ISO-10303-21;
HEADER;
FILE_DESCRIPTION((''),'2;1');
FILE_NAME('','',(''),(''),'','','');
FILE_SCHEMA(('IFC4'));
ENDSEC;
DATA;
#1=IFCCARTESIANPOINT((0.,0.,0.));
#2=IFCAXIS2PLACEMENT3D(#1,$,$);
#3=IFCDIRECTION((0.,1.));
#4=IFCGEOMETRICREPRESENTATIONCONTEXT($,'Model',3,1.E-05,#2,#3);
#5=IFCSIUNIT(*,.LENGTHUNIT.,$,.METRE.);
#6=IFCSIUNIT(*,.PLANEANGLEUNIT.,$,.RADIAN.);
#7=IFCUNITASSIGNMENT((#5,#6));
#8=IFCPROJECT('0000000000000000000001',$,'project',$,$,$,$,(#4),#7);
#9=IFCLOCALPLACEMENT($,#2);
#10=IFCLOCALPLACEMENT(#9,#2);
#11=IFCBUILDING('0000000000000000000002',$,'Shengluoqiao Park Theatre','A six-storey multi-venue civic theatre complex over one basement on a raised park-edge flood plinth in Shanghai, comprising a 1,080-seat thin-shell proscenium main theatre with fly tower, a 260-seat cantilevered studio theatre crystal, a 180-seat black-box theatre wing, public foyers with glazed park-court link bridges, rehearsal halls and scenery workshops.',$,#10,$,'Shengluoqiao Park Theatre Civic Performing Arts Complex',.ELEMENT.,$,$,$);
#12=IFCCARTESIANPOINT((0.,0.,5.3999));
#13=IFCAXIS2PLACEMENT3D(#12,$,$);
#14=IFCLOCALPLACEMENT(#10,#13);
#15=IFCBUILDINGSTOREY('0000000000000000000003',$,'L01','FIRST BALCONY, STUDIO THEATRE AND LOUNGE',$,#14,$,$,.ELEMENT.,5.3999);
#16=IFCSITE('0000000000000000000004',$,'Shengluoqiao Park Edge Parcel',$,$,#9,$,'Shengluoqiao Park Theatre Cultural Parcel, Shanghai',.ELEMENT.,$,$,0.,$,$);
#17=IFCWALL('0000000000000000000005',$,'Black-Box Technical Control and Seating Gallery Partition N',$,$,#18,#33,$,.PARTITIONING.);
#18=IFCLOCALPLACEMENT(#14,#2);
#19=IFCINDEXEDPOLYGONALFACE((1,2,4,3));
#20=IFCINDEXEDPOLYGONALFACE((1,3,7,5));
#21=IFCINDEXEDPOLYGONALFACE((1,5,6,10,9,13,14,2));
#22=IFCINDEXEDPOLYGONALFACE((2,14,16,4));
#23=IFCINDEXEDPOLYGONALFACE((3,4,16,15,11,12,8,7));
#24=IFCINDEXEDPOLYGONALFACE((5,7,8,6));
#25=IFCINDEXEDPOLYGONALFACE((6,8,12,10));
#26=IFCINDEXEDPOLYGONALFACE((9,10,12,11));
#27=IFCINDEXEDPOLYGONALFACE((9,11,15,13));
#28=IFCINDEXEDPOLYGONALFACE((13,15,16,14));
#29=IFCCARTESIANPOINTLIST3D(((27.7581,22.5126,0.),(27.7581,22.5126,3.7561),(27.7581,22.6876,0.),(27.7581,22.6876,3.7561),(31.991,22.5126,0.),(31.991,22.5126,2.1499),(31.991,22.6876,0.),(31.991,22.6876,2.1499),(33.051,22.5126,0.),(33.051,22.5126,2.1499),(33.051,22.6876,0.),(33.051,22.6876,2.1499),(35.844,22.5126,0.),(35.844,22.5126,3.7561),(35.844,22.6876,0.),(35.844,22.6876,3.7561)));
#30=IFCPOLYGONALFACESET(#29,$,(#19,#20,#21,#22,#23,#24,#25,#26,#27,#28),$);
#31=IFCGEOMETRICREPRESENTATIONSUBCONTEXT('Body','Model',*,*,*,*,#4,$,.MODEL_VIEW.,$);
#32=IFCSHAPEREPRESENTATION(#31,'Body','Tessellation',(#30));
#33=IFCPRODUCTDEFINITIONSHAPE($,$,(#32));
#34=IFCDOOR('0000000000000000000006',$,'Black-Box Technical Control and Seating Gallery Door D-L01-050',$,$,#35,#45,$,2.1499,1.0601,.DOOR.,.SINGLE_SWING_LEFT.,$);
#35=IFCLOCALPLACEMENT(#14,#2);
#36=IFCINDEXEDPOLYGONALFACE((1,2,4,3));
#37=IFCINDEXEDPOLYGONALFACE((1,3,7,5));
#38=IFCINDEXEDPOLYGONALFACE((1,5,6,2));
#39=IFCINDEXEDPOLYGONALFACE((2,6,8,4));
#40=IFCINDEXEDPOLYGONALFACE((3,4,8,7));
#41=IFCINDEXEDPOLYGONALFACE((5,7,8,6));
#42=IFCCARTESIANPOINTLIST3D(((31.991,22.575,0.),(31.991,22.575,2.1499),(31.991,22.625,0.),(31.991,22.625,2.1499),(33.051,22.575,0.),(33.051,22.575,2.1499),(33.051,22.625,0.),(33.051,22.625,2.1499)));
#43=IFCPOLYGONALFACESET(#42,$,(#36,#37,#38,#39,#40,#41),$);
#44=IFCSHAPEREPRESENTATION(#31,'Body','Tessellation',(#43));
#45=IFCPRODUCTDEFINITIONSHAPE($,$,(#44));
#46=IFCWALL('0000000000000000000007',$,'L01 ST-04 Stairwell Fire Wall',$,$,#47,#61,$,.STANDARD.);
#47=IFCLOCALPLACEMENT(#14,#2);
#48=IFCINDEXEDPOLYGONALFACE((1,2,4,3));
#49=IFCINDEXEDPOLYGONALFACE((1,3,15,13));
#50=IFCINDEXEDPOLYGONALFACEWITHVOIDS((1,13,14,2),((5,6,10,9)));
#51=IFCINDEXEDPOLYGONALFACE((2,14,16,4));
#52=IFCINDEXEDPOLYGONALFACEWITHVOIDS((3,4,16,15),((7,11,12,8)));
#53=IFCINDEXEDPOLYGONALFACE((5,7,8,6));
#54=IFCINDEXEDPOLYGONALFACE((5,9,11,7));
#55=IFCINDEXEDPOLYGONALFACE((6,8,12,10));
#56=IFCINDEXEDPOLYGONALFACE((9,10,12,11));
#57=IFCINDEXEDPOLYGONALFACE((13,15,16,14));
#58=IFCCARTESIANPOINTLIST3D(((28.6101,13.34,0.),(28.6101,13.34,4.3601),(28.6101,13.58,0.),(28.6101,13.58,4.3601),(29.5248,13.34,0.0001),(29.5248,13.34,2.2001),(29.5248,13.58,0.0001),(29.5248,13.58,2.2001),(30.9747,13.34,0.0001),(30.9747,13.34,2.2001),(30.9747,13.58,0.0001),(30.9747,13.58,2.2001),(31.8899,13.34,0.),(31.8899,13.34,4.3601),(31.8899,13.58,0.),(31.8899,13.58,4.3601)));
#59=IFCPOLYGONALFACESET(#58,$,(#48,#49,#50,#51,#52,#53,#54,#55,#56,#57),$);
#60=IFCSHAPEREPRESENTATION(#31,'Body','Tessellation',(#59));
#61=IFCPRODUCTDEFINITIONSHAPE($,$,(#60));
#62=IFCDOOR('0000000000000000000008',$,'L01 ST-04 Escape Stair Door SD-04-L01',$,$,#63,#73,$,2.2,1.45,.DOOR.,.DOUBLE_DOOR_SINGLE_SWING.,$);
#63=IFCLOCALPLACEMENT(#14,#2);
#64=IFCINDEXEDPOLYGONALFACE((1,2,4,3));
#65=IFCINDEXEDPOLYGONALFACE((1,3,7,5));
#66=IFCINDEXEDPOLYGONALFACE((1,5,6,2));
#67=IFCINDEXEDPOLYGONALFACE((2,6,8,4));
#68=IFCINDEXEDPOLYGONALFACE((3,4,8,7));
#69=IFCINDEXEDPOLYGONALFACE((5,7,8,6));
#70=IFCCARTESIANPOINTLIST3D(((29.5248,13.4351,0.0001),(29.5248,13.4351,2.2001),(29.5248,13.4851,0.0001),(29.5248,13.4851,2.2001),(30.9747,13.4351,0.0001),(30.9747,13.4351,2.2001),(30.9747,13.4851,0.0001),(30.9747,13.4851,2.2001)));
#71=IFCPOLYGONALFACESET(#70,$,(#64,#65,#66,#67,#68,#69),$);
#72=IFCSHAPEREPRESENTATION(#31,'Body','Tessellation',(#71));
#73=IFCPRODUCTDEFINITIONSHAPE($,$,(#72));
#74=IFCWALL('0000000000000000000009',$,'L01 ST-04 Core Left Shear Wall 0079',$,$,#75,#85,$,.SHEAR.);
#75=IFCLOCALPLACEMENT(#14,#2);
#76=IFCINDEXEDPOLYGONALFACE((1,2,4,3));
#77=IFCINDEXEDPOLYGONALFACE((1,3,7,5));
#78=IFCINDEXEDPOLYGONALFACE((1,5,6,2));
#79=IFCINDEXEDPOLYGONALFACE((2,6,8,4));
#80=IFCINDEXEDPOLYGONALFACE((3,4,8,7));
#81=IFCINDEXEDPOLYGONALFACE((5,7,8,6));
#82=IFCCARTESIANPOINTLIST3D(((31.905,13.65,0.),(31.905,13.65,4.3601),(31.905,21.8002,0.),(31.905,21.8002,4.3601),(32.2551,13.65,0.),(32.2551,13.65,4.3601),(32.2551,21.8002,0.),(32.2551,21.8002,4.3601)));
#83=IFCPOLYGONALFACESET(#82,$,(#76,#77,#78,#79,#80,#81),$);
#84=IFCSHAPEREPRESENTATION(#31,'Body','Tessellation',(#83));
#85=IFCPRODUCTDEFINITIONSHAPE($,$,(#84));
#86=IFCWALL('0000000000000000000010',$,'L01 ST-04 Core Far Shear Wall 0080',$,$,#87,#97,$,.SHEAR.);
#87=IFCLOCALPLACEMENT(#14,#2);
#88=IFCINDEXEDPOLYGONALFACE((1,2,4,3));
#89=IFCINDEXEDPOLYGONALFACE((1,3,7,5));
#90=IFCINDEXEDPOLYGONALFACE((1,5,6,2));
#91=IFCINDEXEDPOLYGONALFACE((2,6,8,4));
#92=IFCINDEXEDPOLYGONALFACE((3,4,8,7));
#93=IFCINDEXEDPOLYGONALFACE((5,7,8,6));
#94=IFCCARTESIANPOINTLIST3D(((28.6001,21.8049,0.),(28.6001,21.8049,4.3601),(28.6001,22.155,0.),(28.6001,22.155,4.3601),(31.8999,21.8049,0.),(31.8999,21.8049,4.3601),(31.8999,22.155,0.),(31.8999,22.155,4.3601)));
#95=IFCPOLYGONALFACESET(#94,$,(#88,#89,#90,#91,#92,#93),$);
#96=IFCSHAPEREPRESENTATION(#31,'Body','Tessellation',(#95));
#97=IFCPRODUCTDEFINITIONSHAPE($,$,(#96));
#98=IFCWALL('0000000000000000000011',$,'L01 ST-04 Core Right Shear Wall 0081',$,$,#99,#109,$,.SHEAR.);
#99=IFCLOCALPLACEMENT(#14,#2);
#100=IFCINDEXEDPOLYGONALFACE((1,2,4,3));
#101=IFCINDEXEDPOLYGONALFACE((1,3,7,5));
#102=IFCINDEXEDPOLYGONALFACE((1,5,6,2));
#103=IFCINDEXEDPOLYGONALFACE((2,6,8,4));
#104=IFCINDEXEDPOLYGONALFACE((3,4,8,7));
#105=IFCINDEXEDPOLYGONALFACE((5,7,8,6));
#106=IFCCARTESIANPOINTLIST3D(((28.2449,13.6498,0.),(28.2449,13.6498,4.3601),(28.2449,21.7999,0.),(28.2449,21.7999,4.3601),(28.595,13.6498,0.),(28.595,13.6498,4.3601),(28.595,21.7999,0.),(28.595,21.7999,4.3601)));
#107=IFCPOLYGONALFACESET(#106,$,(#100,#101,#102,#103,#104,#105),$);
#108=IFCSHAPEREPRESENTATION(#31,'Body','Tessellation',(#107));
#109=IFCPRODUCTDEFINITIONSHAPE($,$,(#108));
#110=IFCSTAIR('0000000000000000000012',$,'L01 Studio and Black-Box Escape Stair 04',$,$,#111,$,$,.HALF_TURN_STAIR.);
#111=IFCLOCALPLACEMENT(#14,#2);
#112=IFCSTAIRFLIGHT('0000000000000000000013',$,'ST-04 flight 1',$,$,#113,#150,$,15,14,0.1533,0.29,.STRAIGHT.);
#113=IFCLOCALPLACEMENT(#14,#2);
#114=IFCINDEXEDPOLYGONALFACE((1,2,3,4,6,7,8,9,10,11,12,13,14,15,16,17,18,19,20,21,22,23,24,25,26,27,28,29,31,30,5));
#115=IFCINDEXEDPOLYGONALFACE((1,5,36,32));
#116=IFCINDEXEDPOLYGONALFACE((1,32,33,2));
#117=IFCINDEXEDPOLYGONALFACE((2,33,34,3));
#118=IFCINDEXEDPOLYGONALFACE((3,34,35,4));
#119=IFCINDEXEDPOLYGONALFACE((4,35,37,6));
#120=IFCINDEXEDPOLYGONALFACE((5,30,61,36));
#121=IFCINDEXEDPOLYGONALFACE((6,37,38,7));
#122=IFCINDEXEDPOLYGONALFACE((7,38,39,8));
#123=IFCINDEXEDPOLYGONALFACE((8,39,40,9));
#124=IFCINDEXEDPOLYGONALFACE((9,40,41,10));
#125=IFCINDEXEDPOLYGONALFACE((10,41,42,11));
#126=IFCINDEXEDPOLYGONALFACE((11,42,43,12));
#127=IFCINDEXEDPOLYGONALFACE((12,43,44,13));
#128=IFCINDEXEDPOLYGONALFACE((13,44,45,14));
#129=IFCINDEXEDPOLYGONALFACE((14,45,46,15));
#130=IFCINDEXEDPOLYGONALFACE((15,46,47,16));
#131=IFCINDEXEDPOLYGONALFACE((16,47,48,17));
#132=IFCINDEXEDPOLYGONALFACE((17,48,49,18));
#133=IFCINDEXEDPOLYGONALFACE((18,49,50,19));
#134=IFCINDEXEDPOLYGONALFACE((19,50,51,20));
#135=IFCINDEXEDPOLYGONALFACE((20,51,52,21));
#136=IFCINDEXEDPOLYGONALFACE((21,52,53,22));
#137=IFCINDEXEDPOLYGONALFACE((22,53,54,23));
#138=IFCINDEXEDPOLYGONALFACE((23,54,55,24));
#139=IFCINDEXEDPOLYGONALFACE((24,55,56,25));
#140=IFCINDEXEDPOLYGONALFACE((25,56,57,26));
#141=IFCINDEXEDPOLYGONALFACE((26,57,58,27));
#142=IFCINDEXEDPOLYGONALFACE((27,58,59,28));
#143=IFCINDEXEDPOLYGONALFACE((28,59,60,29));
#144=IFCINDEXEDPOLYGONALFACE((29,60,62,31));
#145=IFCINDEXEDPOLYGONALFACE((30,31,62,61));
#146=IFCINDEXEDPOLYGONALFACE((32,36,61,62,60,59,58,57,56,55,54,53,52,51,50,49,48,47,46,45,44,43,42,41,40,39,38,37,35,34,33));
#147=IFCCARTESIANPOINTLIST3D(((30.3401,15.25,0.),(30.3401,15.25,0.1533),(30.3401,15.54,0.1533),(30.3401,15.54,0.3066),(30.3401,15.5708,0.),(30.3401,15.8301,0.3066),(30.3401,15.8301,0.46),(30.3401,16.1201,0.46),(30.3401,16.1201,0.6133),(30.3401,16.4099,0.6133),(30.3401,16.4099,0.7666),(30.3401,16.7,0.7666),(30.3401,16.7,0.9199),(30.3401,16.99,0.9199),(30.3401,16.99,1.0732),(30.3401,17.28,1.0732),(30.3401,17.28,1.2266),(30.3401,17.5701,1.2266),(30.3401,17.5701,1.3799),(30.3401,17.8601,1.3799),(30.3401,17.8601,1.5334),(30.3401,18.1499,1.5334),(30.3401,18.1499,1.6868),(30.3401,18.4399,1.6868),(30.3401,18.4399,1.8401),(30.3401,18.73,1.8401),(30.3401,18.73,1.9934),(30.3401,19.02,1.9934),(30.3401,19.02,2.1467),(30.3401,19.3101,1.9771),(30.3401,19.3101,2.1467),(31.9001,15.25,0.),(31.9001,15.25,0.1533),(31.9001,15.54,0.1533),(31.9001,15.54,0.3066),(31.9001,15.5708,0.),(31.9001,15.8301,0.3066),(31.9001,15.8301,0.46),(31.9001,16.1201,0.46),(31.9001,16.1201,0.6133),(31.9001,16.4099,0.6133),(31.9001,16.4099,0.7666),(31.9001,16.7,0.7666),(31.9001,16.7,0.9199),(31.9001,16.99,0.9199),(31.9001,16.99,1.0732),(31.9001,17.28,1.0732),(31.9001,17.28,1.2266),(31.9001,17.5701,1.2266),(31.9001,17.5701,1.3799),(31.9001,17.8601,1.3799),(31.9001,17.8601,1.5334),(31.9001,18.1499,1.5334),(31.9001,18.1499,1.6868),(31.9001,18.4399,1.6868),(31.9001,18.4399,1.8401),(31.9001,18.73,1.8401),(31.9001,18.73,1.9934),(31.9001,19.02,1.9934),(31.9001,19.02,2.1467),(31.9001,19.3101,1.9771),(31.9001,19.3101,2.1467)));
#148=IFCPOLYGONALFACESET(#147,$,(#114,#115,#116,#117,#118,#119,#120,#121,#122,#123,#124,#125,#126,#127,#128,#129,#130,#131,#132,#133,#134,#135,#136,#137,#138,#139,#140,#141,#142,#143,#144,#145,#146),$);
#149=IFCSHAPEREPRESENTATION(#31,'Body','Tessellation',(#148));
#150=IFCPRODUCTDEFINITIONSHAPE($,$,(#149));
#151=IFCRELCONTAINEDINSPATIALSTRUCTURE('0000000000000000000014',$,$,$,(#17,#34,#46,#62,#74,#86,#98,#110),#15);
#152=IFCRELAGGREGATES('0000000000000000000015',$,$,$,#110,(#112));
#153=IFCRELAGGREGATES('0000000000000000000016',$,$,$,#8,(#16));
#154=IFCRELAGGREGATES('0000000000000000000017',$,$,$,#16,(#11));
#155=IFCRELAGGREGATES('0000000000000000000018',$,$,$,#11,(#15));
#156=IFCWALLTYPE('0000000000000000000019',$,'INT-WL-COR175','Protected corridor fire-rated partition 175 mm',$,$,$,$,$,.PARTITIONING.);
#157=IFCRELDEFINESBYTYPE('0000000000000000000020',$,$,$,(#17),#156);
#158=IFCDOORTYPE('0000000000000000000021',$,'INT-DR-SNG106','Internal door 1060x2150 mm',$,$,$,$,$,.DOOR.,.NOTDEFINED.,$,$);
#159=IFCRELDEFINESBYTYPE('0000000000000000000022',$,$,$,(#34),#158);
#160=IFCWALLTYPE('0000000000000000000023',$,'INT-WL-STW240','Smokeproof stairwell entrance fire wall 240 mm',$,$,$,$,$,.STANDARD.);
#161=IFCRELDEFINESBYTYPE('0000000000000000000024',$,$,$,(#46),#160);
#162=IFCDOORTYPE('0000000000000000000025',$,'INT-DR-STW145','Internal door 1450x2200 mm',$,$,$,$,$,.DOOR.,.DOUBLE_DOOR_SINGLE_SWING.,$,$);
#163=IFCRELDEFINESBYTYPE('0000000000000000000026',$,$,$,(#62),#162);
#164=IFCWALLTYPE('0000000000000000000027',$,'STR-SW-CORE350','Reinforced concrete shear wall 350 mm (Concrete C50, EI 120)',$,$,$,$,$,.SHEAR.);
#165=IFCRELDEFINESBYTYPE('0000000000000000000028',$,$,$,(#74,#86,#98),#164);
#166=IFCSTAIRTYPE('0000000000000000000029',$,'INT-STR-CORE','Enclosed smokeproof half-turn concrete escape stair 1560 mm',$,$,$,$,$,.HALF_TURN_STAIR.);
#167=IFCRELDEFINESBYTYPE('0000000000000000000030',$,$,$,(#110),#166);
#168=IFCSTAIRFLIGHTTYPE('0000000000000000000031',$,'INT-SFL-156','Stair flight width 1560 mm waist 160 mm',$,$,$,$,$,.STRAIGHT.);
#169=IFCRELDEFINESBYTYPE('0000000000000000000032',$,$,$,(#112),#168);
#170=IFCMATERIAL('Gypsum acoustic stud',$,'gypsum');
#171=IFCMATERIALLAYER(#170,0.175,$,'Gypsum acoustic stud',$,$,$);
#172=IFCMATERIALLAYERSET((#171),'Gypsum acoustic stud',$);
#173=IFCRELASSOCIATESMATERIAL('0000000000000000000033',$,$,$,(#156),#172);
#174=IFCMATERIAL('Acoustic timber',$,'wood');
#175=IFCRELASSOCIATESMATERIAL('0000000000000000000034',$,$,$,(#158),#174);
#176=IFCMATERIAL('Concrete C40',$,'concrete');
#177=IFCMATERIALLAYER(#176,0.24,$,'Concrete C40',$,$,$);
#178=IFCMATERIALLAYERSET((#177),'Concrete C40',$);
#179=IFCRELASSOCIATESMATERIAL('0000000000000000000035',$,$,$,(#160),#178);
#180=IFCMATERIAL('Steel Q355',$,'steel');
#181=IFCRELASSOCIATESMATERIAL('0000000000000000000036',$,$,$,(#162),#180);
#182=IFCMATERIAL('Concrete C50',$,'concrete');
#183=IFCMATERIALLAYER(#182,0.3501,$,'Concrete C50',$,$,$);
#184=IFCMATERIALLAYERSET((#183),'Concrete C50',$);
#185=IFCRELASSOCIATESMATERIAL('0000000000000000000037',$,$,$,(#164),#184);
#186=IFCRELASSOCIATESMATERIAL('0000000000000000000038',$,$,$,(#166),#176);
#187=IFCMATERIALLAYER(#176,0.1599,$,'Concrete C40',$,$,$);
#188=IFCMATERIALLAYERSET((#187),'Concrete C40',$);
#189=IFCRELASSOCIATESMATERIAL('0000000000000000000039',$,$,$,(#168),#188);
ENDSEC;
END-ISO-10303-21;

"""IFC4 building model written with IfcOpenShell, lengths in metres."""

from ifc_helpers import new_model, si_unit, direction, frame, frame_2d, origin, place, context, subcontext, project, spatial, polyline, rectangle, outline, extrude, material, layer, layer_set, type_object, element, fill, aggregate, save


model = new_model("IFC4")

# Units and contexts
model_context = context("Model", 3, precision=1e-05, world=origin(), true_north=direction((0.0, 1.0)))
body_context = subcontext(model_context, "Body", "Model", "MODEL_VIEW")
ifc_project = project(units=[si_unit("LENGTHUNIT", "METRE"), si_unit("PLANEANGLEUNIT", "RADIAN")], contexts=[model_context])

# Site, building, storey
site_placement = place(None, origin())
site = spatial("IfcSite", under=ifc_project, at=site_placement, Name="Shengluoqiao Park Edge Parcel", LongName="Shengluoqiao Park Theatre Cultural Parcel, Shanghai", CompositionType="ELEMENT", RefElevation=0.0)
building_placement = place(site_placement, origin())
building = spatial("IfcBuilding", under=site, at=building_placement, Name="Shengluoqiao Park Theatre", Description="A six-storey multi-venue civic theatre complex over one basement on a raised park-edge flood plinth in Shanghai, comprising a 1,080-seat thin-shell proscenium main theatre with fly tower, a 260-seat cantilevered studio theatre crystal, a 180-seat black-box theatre wing, public foyers with glazed park-court link bridges, rehearsal halls and scenery workshops.", LongName="Shengluoqiao Park Theatre Civic Performing Arts Complex", CompositionType="ELEMENT")
storey_placement = place(building_placement, frame((0.0, 0.0, 5.3999)))
storey = spatial("IfcBuildingStorey", under=building, at=storey_placement, Name="L01", Description="FIRST BALCONY, STUDIO THEATRE AND LOUNGE", CompositionType="ELEMENT", Elevation=5.3999)

# Shared definitions
ifc_material_1 = material(Name="Steel Q355", Category="steel")

# Walls, openings, doors
ifc_material_2 = material(Name="Gypsum acoustic stud", Category="gypsum")
ifc_layer_1 = layer(ifc_material_2, 0.175, Name="Gypsum acoustic stud")
ifc_layer_set_1 = layer_set([ifc_layer_1], Name="Gypsum acoustic stud")
wall_type_1 = type_object("IfcWallType", Name="INT-WL-COR175", Description="Protected corridor fire-rated partition 175 mm", PredefinedType="PARTITIONING", material=ifc_layer_set_1)
wall_1_placement = place(storey_placement, frame((27.7581, 22.6001, 0.0), z_axis=(0.0, 0.0, 1.0), x_axis=(1.0, 0.0, 0.0)))
wall_1 = element("IfcWall", 1, at=wall_1_placement, inside=storey, type_object=wall_type_1, Name="Black-Box Technical Control and Seating Gallery Partition N", PredefinedType="PARTITIONING", context=body_context, shape_type="SweptSolid", body=[
    extrude(rectangle(XDim=8.0859, YDim=0.175, at=frame_2d((4.043, 0.0))), origin(), (0.0, 0.0, 1.0), 3.7561),
])
opening_1_placement = place(wall_1_placement, frame((4.2329, 0.0, 0.0)))
opening_1 = element("IfcOpeningElement", 2, at=opening_1_placement, cuts=wall_1, PredefinedType="OPENING", context=body_context, shape_type="SweptSolid", body=[
    extrude(rectangle(XDim=1.0601, YDim=2.1499, at=frame_2d((0.53, 1.075))), frame((0.0, 0.0974, 0.0), z_axis=(0.0, -1.0, 0.0), x_axis=(1.0, 0.0, 0.0)), (0.0, 0.0, 1.0), 0.1951),
])
ifc_material_3 = material(Name="Acoustic timber", Category="wood")
door_type_1 = type_object("IfcDoorType", Name="INT-DR-SNG106", Description="Internal door 1060x2150 mm", OperationType="NOTDEFINED", PredefinedType="DOOR", material=ifc_material_3)
door_1_placement = place(opening_1_placement, origin())
door_1 = element("IfcDoor", 3, at=door_1_placement, inside=storey, type_object=door_type_1, Name="Black-Box Technical Control and Seating Gallery Door D-L01-050", OperationType="SINGLE_SWING_LEFT", OverallHeight=2.1499, OverallWidth=1.0601, PredefinedType="DOOR", context=body_context, shape_type="SweptSolid", body=[
    extrude(rectangle(XDim=1.0601, YDim=2.1499, at=frame_2d((0.53, 1.075))), frame((0.0, 0.0249, 0.0), z_axis=(0.0, -1.0, 0.0), x_axis=(1.0, 0.0, 0.0)), (0.0, 0.0, 1.0), 0.05),
])
fill(opening_1, door_1)
ifc_material_4 = material(Name="Concrete C40", Category="concrete")
ifc_layer_2 = layer(ifc_material_4, 0.24, Name="Concrete C40")
ifc_layer_set_2 = layer_set([ifc_layer_2], Name="Concrete C40")
wall_type_2 = type_object("IfcWallType", Name="INT-WL-STW240", Description="Smokeproof stairwell entrance fire wall 240 mm", PredefinedType="STANDARD", material=ifc_layer_set_2)
wall_2_placement = place(storey_placement, frame((31.8899, 13.46, 0.0), z_axis=(0.0, 0.0, 1.0), x_axis=(-1.0, 0.0, 0.0)))
wall_2 = element("IfcWall", 4, at=wall_2_placement, inside=storey, type_object=wall_type_2, Name="L01 ST-04 Stairwell Fire Wall", PredefinedType="STANDARD", context=body_context, shape_type="SweptSolid", body=[
    extrude(rectangle(XDim=3.2798, YDim=0.24, at=frame_2d((1.6399, 0.0))), origin(), (0.0, 0.0, 1.0), 4.3601),
])
opening_2_placement = place(wall_2_placement, frame((0.915, 0.0, 0.0)))
opening_2 = element("IfcOpeningElement", 5, at=opening_2_placement, cuts=wall_2, PredefinedType="OPENING", context=body_context, shape_type="SweptSolid", body=[
    extrude(rectangle(XDim=1.45, YDim=2.2, at=frame_2d((0.7251, 1.1001))), frame((0.0, 0.1299, 0.0), z_axis=(0.0, -1.0, 0.0), x_axis=(1.0, 0.0, 0.0)), (0.0, 0.0, 1.0), 0.26),
])
door_type_2 = type_object("IfcDoorType", Name="INT-DR-STW145", Description="Internal door 1450x2200 mm", OperationType="DOUBLE_DOOR_SINGLE_SWING", PredefinedType="DOOR", material=ifc_material_1)
door_2_placement = place(opening_2_placement, origin())
door_2 = element("IfcDoor", 6, at=door_2_placement, inside=storey, type_object=door_type_2, Name="L01 ST-04 Escape Stair Door SD-04-L01", OperationType="DOUBLE_DOOR_SINGLE_SWING", OverallHeight=2.2, OverallWidth=1.45, PredefinedType="DOOR", context=body_context, shape_type="SweptSolid", body=[
    extrude(rectangle(XDim=1.45, YDim=2.2, at=frame_2d((0.7251, 1.1001))), frame((0.0, 0.0249, 0.0), z_axis=(0.0, -1.0, 0.0), x_axis=(1.0, 0.0, 0.0)), (0.0, 0.0, 1.0), 0.05),
])
fill(opening_2, door_2)

# Walls
ifc_material_5 = material(Name="Concrete C50", Category="concrete")
ifc_layer_3 = layer(ifc_material_5, 0.3501, Name="Concrete C50")
ifc_layer_set_3 = layer_set([ifc_layer_3], Name="Concrete C50")
wall_type_3 = type_object("IfcWallType", Name="STR-SW-CORE350", Description="Reinforced concrete shear wall 350 mm (Concrete C50, EI 120)", PredefinedType="SHEAR", material=ifc_layer_set_3)
wall_3_placement = place(storey_placement, frame((32.0801, 13.6499, 0.0), z_axis=(0.0, 0.0, 1.0), x_axis=(0.0, 1.0, 0.0)))
element("IfcWall", 7, at=wall_3_placement, inside=storey, type_object=wall_type_3, Name="L01 ST-04 Core Left Shear Wall 0079", PredefinedType="SHEAR", context=body_context, shape_type="SweptSolid", body=[
    extrude(rectangle(XDim=8.1501, YDim=0.3501, at=frame_2d((4.0752, 0.0))), origin(), (0.0, 0.0, 1.0), 4.3601),
])
wall_4_placement = place(storey_placement, frame((31.8999, 21.98, 0.0), z_axis=(0.0, 0.0, 1.0), x_axis=(-1.0, 0.0, 0.0)))
element("IfcWall", 8, at=wall_4_placement, inside=storey, type_object=wall_type_3, Name="L01 ST-04 Core Far Shear Wall 0080", PredefinedType="SHEAR", context=body_context, shape_type="SweptSolid", body=[
    extrude(rectangle(XDim=3.2998, YDim=0.3501, at=frame_2d((1.6499, 0.0))), origin(), (0.0, 0.0, 1.0), 4.3601),
])
wall_5_placement = place(storey_placement, frame((28.4199, 21.8, 0.0), z_axis=(0.0, 0.0, 1.0), x_axis=(0.0, -1.0, 0.0)))
element("IfcWall", 9, at=wall_5_placement, inside=storey, type_object=wall_type_3, Name="L01 ST-04 Core Right Shear Wall 0081", PredefinedType="SHEAR", context=body_context, shape_type="SweptSolid", body=[
    extrude(rectangle(XDim=8.1501, YDim=0.3501, at=frame_2d((4.0752, 0.0))), origin(), (0.0, 0.0, 1.0), 4.3601),
])

# Stair, stair flight
stair_type = type_object("IfcStairType", Name="INT-STR-CORE", Description="Enclosed smokeproof half-turn concrete escape stair 1560 mm", PredefinedType="HALF_TURN_STAIR", material=ifc_material_4)
stair_placement = place(storey_placement, origin())
stair = element("IfcStair", 10, at=stair_placement, inside=storey, type_object=stair_type, Name="L01 Studio and Black-Box Escape Stair 04", PredefinedType="HALF_TURN_STAIR")
ifc_layer_4 = layer(ifc_material_4, 0.1599, Name="Concrete C40")
ifc_layer_set_4 = layer_set([ifc_layer_4], Name="Concrete C40")
stair_flight_type = type_object("IfcStairFlightType", Name="INT-SFL-156", Description="Stair flight width 1560 mm waist 160 mm", PredefinedType="STRAIGHT", material=ifc_layer_set_4)
stair_flight_1_placement = place(storey_placement, frame((31.1201, 15.25, 0.0), z_axis=(0.0, 0.0, 1.0), x_axis=(0.0, 1.0, 0.0)))
stair_flight_1 = element("IfcStairFlight", 11, at=stair_flight_1_placement, type_object=stair_flight_type, Name="ST-04 flight 1", NumberOfRisers=15, NumberOfTreads=14, PredefinedType="STRAIGHT", RiserHeight=0.1533, TreadLength=0.29, context=body_context, shape_type="SweptSolid", body=[
    extrude(outline(polyline([(0.0, 0.0), (0.0, 0.1533), (0.29, 0.1533), (0.29, 0.3066), (0.5801, 0.3066), (0.5801, 0.46), (0.8701, 0.46), (0.8701, 0.6133), (1.1599, 0.6133), (1.1599, 0.7666), (1.45, 0.7666), (1.45, 0.9199), (1.74, 0.9199), (1.74, 1.0732), (2.03, 1.0732), (2.03, 1.2266), (2.3201, 1.2266), (2.3201, 1.3799), (2.6101, 1.3799), (2.6101, 1.5334), (2.8999, 1.5334), (2.8999, 1.6868), (3.1899, 1.6868), (3.1899, 1.8401), (3.48, 1.8401), (3.48, 1.9934), (3.77, 1.9934), (3.77, 2.1467), (4.0601, 2.1467), (4.0601, 2.3), (4.0601, 1.9771), (0.3208, 0.0), (0.0, 0.0)])), frame((0.0, 0.78, 0.0), z_axis=(0.0, -1.0, 0.0), x_axis=(1.0, 0.0, 0.0)), (0.0, 0.0, 1.0), 1.5601),
])
aggregate(stair, [stair_flight_1])

save(model, "model.ifc")
